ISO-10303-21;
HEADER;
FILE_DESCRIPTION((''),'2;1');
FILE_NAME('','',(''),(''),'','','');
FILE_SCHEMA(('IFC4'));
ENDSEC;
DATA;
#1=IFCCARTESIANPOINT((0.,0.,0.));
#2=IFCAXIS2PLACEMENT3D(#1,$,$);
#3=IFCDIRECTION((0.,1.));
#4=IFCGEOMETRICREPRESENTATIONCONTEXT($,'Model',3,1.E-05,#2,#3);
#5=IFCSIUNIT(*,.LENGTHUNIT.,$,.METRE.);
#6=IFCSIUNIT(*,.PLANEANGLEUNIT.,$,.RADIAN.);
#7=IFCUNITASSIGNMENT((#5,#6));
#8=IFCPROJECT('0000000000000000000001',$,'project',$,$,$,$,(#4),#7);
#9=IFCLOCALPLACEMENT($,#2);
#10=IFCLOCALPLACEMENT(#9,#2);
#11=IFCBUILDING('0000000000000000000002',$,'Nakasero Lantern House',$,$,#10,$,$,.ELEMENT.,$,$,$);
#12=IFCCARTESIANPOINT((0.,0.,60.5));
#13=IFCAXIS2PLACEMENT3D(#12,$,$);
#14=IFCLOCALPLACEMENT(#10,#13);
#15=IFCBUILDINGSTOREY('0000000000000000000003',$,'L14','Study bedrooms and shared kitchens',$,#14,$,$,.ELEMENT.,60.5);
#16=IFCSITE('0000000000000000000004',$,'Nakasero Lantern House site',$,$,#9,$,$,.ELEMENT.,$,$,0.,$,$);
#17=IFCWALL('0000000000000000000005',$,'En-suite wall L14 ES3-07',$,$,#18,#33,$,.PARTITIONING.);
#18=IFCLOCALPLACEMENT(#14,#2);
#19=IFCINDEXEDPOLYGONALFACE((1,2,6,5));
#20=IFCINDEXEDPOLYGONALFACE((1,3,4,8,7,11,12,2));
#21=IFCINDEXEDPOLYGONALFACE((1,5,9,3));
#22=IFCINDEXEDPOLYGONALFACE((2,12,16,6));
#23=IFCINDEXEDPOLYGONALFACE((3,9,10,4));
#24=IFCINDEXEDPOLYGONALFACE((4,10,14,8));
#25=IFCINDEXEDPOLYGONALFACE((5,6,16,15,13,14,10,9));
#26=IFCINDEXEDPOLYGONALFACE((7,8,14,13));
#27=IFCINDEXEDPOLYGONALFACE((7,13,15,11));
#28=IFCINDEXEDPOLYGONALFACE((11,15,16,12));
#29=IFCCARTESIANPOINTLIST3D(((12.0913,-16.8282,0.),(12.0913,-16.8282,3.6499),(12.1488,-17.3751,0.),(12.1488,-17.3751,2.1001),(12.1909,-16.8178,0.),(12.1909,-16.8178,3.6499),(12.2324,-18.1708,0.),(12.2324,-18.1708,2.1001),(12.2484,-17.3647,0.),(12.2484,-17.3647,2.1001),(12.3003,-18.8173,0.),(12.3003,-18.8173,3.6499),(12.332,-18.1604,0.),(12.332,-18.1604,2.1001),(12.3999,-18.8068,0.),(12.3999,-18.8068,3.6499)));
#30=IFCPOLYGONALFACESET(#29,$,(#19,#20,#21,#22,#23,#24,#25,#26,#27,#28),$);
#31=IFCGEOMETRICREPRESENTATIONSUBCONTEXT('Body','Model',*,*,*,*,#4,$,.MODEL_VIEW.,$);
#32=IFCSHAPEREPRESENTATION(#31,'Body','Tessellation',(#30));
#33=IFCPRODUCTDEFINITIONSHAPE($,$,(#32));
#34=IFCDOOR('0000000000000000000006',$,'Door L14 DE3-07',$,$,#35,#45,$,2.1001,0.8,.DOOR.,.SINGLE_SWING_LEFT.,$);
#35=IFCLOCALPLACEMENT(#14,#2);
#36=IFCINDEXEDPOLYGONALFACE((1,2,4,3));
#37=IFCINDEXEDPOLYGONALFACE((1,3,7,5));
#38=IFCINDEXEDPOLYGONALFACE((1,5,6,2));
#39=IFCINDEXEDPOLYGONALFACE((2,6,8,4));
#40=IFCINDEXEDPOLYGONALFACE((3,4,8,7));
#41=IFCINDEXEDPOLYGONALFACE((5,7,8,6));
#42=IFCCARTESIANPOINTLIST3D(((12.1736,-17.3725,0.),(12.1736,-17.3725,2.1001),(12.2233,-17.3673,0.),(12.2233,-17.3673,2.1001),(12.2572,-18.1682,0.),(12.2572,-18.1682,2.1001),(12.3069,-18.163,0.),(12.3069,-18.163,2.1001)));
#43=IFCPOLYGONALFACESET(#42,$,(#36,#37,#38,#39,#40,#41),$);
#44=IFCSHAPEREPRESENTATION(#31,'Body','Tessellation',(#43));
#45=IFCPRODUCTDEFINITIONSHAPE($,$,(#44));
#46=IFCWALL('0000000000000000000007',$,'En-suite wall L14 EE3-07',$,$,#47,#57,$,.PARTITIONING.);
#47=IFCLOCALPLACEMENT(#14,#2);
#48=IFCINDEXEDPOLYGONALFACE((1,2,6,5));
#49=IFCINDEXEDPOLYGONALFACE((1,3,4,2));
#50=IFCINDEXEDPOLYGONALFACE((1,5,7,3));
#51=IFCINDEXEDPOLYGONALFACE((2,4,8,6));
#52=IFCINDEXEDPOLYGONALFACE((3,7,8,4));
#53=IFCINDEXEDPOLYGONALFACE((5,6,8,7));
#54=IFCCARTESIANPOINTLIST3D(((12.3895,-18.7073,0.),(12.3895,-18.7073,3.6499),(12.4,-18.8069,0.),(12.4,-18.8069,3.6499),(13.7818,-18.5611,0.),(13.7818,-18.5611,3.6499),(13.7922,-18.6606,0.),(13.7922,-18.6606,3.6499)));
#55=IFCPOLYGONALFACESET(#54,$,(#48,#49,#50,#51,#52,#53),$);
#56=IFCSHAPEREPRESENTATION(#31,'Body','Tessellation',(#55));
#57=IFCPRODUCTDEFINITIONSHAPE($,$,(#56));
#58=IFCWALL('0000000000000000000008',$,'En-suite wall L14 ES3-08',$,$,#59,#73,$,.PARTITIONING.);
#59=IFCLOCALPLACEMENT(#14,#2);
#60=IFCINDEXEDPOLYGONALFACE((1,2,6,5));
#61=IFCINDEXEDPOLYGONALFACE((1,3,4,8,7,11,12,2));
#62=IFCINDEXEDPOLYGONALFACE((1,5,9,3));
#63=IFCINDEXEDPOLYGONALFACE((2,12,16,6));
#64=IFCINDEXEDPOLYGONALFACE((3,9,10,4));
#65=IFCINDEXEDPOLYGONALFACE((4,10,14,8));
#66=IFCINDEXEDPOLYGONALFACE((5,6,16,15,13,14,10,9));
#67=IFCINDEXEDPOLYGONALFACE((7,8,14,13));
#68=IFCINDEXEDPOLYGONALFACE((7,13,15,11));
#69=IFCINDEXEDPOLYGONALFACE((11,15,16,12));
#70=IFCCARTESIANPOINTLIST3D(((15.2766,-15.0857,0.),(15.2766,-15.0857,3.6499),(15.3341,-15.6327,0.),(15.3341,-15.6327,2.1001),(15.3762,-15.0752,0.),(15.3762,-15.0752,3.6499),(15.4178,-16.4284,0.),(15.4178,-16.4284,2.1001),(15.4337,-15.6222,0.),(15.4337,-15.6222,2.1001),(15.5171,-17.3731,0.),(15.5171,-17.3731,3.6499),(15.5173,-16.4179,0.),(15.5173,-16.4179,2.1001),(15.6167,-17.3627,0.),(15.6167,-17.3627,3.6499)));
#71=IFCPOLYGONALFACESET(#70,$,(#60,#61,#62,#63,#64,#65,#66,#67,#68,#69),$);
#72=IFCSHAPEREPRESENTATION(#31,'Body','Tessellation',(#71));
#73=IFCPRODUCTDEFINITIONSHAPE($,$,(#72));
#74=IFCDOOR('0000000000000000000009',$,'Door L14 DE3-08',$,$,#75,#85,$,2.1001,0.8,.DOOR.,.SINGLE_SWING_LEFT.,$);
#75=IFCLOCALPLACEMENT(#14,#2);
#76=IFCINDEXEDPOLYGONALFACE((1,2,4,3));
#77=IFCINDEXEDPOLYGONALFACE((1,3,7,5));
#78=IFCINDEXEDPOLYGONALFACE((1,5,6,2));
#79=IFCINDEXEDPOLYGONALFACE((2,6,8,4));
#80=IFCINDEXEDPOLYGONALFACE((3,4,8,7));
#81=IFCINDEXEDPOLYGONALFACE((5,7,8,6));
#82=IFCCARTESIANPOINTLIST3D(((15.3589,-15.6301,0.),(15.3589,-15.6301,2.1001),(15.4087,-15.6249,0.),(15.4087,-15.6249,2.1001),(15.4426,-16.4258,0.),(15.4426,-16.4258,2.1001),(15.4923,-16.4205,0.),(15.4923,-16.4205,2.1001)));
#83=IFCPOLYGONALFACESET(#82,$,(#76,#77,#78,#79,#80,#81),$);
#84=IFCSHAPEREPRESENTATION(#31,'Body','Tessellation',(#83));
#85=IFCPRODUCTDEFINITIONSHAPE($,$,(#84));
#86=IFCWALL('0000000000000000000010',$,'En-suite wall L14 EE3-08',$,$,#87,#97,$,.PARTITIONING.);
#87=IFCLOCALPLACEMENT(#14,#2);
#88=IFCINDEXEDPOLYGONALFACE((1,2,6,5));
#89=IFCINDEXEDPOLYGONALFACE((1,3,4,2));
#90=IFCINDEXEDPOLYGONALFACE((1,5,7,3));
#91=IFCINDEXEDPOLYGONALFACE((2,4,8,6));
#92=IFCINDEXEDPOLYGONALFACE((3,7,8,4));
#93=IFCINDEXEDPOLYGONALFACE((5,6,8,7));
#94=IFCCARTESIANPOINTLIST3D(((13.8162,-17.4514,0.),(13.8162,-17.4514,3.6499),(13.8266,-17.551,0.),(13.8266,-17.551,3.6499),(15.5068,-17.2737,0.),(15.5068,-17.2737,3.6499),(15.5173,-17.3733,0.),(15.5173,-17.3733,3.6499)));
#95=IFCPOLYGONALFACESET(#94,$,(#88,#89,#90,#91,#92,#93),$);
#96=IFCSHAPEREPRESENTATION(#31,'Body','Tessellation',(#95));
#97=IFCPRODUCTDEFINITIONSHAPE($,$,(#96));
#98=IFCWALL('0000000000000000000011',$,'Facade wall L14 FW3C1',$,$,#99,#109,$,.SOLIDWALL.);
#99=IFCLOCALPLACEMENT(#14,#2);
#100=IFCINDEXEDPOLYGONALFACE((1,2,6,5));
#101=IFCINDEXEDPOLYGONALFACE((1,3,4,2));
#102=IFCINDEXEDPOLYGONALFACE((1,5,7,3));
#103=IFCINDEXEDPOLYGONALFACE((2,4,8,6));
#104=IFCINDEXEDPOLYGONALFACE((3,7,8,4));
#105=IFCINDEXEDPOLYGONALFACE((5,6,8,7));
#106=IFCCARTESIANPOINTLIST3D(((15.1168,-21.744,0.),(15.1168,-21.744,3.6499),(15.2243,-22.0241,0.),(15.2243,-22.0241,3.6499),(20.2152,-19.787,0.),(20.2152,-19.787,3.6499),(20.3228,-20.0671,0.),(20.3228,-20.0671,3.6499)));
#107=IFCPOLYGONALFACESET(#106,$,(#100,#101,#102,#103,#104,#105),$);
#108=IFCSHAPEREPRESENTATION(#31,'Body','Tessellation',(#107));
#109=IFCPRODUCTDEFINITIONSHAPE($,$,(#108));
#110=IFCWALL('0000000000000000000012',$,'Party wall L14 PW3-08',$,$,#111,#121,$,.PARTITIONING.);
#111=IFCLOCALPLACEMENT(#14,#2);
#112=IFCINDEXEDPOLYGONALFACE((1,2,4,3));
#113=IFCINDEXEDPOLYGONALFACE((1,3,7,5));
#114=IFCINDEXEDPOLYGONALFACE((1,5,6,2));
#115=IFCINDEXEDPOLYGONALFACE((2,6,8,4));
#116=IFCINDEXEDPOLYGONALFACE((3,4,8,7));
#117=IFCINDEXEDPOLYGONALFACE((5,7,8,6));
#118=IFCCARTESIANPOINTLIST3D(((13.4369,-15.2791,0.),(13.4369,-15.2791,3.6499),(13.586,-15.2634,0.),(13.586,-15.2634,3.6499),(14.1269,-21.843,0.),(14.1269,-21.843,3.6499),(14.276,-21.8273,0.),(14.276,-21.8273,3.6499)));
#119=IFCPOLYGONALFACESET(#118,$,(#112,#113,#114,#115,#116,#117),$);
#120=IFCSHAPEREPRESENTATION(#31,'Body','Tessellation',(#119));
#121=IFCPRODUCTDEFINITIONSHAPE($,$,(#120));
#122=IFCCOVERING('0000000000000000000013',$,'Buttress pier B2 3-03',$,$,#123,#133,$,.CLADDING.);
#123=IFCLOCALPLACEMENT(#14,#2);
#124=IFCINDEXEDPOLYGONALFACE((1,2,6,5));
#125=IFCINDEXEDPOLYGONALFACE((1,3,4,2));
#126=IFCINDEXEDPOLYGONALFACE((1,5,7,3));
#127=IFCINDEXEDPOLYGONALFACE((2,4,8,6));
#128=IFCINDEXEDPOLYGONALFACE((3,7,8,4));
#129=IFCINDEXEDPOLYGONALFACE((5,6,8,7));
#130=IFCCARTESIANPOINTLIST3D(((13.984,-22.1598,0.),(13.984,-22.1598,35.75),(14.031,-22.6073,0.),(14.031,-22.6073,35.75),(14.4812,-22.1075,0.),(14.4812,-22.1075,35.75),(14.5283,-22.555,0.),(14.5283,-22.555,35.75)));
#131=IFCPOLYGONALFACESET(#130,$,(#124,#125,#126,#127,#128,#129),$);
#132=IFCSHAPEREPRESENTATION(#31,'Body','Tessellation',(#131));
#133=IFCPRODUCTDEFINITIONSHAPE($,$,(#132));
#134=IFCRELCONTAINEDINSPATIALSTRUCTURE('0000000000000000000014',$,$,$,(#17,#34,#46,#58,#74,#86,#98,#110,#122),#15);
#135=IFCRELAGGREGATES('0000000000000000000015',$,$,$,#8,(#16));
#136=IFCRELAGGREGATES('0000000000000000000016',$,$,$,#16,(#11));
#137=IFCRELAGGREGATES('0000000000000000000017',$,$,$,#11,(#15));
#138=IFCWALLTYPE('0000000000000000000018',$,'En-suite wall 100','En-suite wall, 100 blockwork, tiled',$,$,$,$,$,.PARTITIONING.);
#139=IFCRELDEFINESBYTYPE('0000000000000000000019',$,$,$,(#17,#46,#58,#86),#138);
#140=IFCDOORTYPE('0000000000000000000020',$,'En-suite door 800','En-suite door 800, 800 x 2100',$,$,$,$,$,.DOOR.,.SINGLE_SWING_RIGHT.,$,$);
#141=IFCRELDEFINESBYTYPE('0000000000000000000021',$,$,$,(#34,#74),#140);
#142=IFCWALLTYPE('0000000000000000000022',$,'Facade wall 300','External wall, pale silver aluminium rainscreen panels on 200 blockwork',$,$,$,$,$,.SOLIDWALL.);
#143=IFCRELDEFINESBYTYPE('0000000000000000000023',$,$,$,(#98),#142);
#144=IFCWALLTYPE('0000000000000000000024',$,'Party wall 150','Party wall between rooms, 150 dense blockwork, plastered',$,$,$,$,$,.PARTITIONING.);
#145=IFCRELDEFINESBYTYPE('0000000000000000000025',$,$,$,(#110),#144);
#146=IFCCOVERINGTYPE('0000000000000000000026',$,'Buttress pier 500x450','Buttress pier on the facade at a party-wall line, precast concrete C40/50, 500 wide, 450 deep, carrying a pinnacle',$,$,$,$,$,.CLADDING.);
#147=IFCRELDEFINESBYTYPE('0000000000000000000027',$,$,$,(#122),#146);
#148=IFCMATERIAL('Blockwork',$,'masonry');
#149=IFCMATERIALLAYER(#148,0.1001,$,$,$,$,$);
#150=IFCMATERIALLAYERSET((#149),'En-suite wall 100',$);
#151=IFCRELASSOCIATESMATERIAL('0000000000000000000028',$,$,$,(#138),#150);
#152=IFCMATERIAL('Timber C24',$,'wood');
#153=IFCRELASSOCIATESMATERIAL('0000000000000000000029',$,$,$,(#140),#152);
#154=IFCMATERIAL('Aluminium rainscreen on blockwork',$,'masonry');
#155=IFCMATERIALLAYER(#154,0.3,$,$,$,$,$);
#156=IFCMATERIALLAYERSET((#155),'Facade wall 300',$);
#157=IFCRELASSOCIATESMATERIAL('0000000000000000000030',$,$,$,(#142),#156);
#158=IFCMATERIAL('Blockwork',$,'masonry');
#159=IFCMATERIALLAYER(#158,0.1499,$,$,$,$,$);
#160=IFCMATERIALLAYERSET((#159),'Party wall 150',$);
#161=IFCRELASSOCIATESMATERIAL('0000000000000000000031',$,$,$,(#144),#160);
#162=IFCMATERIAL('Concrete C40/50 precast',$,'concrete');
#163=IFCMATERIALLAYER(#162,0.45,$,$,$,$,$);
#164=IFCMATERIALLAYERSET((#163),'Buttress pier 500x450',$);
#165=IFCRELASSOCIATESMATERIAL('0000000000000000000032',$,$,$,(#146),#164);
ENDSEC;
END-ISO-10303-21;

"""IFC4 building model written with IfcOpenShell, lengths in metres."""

from ifc_helpers import new_model, si_unit, direction, frame, frame_2d, origin, origin_2d, place, context, subcontext, project, spatial, rectangle, extrude, material, layer, layer_set, type_object, element, fill, save


model = new_model("IFC4")

# Units and contexts
model_context = context("Model", 3, precision=1e-05, world=origin(), true_north=direction((0.0, 1.0)))
body_context = subcontext(model_context, "Body", "Model", "MODEL_VIEW")
ifc_project = project(units=[si_unit("LENGTHUNIT", "METRE"), si_unit("PLANEANGLEUNIT", "RADIAN")], contexts=[model_context])

# Site, building, storey
site_placement = place(None, origin())
site = spatial("IfcSite", under=ifc_project, at=site_placement, Name="Nakasero Lantern House site", CompositionType="ELEMENT", RefElevation=0.0)
building_placement = place(site_placement, origin())
building = spatial("IfcBuilding", under=site, at=building_placement, Name="Nakasero Lantern House", CompositionType="ELEMENT")
storey_placement = place(building_placement, frame((0.0, 0.0, 60.5)))
storey = spatial("IfcBuildingStorey", under=building, at=storey_placement, Name="L14", Description="Study bedrooms and shared kitchens", CompositionType="ELEMENT", Elevation=60.5)

# Wall, opening, door
ifc_material_1 = material(Name="Blockwork", Category="masonry")
ifc_layer_1 = layer(ifc_material_1, 0.1001)
ifc_layer_set_1 = layer_set([ifc_layer_1], Name="En-suite wall 100")
wall_type_1 = type_object("IfcWallType", Name="En-suite wall 100", Description="En-suite wall, 100 blockwork, tiled", PredefinedType="PARTITIONING", material=ifc_layer_set_1)
wall_1_placement = place(storey_placement, frame((12.1411, -16.823, 0.0), z_axis=(0.0, 0.0, 1.0), x_axis=(0.104494, -0.994526, 0.0)))
wall_1 = element("IfcWall", 1, at=wall_1_placement, inside=storey, type_object=wall_type_1, Name="En-suite wall L14 ES3-07", PredefinedType="PARTITIONING", context=body_context, shape_type="SweptSolid", body=[
    extrude(rectangle(XDim=2.0, YDim=0.1001, at=frame_2d((1.0, 0.0))), origin(), (0.0, 0.0, 1.0), 3.6499),
])
opening_1_placement = place(wall_1_placement, frame((0.55, 0.0, 0.0)))
opening_1 = element("IfcOpeningElement", 2, at=opening_1_placement, cuts=wall_1, PredefinedType="OPENING", context=body_context, shape_type="SweptSolid", body=[
    extrude(rectangle(XDim=0.8, YDim=2.1001, at=frame_2d((0.3999, 1.05))), frame((0.0, 0.0701, 0.0), z_axis=(0.0, -1.0, 0.0), x_axis=(1.0, 0.0, 0.0)), (0.0, 0.0, 1.0), 0.1401),
])
ifc_material_2 = material(Name="Timber C24", Category="wood")
door_type = type_object("IfcDoorType", Name="En-suite door 800", Description="En-suite door 800, 800 x 2100", OperationType="SINGLE_SWING_RIGHT", PredefinedType="DOOR", material=ifc_material_2)
door_1_placement = place(opening_1_placement, origin())
door_1 = element("IfcDoor", 3, at=door_1_placement, inside=storey, type_object=door_type, Name="Door L14 DE3-07", OperationType="SINGLE_SWING_LEFT", OverallHeight=2.1001, OverallWidth=0.8, PredefinedType="DOOR", context=body_context, shape_type="SweptSolid", body=[
    extrude(rectangle(XDim=0.8, YDim=2.1001, at=frame_2d((0.3999, 1.05))), frame((0.0, 0.0249, 0.0), z_axis=(0.0, -1.0, 0.0), x_axis=(1.0, 0.0, 0.0)), (0.0, 0.0, 1.0), 0.05),
])
fill(opening_1, door_1)

# Wall
wall_2_placement = place(storey_placement, frame((12.3948, -18.7571, 0.0), z_axis=(0.0, 0.0, 1.0), x_axis=(0.994529, 0.104458, 0.0)))
element("IfcWall", 4, at=wall_2_placement, inside=storey, type_object=wall_type_1, Name="En-suite wall L14 EE3-07", PredefinedType="PARTITIONING", context=body_context, shape_type="SweptSolid", body=[
    extrude(rectangle(XDim=1.3999, YDim=0.1001, at=frame_2d((0.7, 0.0))), origin(), (0.0, 0.0, 1.0), 3.6499),
])

# Wall, opening, door
wall_3_placement = place(storey_placement, frame((15.3264, -15.0806, 0.0), z_axis=(0.0, 0.0, 1.0), x_axis=(0.104558, -0.994519, 0.0)))
wall_3 = element("IfcWall", 5, at=wall_3_placement, inside=storey, type_object=wall_type_1, Name="En-suite wall L14 ES3-08", PredefinedType="PARTITIONING", context=body_context, shape_type="SweptSolid", body=[
    extrude(rectangle(XDim=2.3, YDim=0.1001, at=frame_2d((1.1499, 0.0))), origin(), (0.0, 0.0, 1.0), 3.6499),
])
opening_2_placement = place(wall_3_placement, frame((0.55, 0.0, 0.0)))
opening_2 = element("IfcOpeningElement", 6, at=opening_2_placement, cuts=wall_3, PredefinedType="OPENING", context=body_context, shape_type="SweptSolid", body=[
    extrude(rectangle(XDim=0.8, YDim=2.1001, at=frame_2d((0.3999, 1.05))), frame((0.0, 0.0701, 0.0), z_axis=(0.0, -1.0, 0.0), x_axis=(1.0, 0.0, 0.0)), (0.0, 0.0, 1.0), 0.1401),
])
door_2_placement = place(opening_2_placement, origin())
door_2 = element("IfcDoor", 7, at=door_2_placement, inside=storey, type_object=door_type, Name="Door L14 DE3-08", OperationType="SINGLE_SWING_LEFT", OverallHeight=2.1001, OverallWidth=0.8, PredefinedType="DOOR", context=body_context, shape_type="SweptSolid", body=[
    extrude(rectangle(XDim=0.8, YDim=2.1001, at=frame_2d((0.3999, 1.05))), frame((0.0, 0.0249, 0.0), z_axis=(0.0, -1.0, 0.0), x_axis=(1.0, 0.0, 0.0)), (0.0, 0.0, 1.0), 0.05),
])
fill(opening_2, door_2)

# Walls
wall_4_placement = place(storey_placement, frame((13.8213, -17.5012, 0.0), z_axis=(0.0, 0.0, 1.0), x_axis=(0.99452, 0.10455, 0.0)))
element("IfcWall", 8, at=wall_4_placement, inside=storey, type_object=wall_type_1, Name="En-suite wall L14 EE3-08", PredefinedType="PARTITIONING", context=body_context, shape_type="SweptSolid", body=[
    extrude(rectangle(XDim=1.7, YDim=0.1001, at=frame_2d((0.8501, 0.0))), origin(), (0.0, 0.0, 1.0), 3.6499),
])
ifc_material_3 = material(Name="Aluminium rainscreen on blockwork", Category="masonry")
ifc_layer_2 = layer(ifc_material_3, 0.3)
ifc_layer_set_2 = layer_set([ifc_layer_2], Name="Facade wall 300")
wall_type_2 = type_object("IfcWallType", Name="Facade wall 300", Description="External wall, pale silver aluminium rainscreen panels on 200 blockwork", PredefinedType="SOLIDWALL", material=ifc_layer_set_2)
wall_5_placement = place(storey_placement, frame((15.1707, -21.884, 0.0), z_axis=(0.0, 0.0, 1.0), x_axis=(0.933584, 0.358359, 0.0)))
element("IfcWall", 9, at=wall_5_placement, inside=storey, type_object=wall_type_2, Name="Facade wall L14 FW3C1", PredefinedType="SOLIDWALL", context=body_context, shape_type="SweptSolid", body=[
    extrude(rectangle(XDim=5.4612, YDim=0.3, at=frame_2d((2.7305, 0.0))), origin(), (0.0, 0.0, 1.0), 3.6499),
])
ifc_material_4 = material(Name="Blockwork", Category="masonry")
ifc_layer_3 = layer(ifc_material_4, 0.1499)
ifc_layer_set_3 = layer_set([ifc_layer_3], Name="Party wall 150")
wall_type_3 = type_object("IfcWallType", Name="Party wall 150", Description="Party wall between rooms, 150 dense blockwork, plastered", PredefinedType="PARTITIONING", material=ifc_layer_set_3)
wall_6_placement = place(storey_placement, frame((13.5115, -15.2712, 0.0), z_axis=(0.0, 0.0, 1.0), x_axis=(0.104535, -0.994521, 0.0)))
element("IfcWall", 10, at=wall_6_placement, inside=storey, type_object=wall_type_3, Name="Party wall L14 PW3-08", PredefinedType="PARTITIONING", context=body_context, shape_type="SweptSolid", body=[
    extrude(rectangle(XDim=6.6001, YDim=0.1499, at=frame_2d((3.3, 0.0))), origin(), (0.0, 0.0, 1.0), 3.6499),
])

# Covering
ifc_material_5 = material(Name="Concrete C40/50 precast", Category="concrete")
ifc_layer_4 = layer(ifc_material_5, 0.45)
ifc_layer_set_4 = layer_set([ifc_layer_4], Name="Buttress pier 500x450")
covering_type = type_object("IfcCoveringType", Name="Buttress pier 500x450", Description="Buttress pier on the facade at a party-wall line, precast concrete C40/50, 500 wide, 450 deep, carrying a pinnacle", PredefinedType="CLADDING", material=ifc_layer_set_4)
covering_placement = place(storey_placement, frame((14.2561, -22.3574, 0.0), z_axis=(0.0, 0.0, 1.0), x_axis=(0.104528, -0.994522, 0.0)))
element("IfcCovering", 11, at=covering_placement, inside=storey, type_object=covering_type, Name="Buttress pier B2 3-03", PredefinedType="CLADDING", context=body_context, shape_type="SweptSolid", body=[
    extrude(rectangle(XDim=0.45, YDim=0.5, at=origin_2d()), origin(), (0.0, 0.0, 1.0), 35.75),
])

save(model, "model.ifc")
